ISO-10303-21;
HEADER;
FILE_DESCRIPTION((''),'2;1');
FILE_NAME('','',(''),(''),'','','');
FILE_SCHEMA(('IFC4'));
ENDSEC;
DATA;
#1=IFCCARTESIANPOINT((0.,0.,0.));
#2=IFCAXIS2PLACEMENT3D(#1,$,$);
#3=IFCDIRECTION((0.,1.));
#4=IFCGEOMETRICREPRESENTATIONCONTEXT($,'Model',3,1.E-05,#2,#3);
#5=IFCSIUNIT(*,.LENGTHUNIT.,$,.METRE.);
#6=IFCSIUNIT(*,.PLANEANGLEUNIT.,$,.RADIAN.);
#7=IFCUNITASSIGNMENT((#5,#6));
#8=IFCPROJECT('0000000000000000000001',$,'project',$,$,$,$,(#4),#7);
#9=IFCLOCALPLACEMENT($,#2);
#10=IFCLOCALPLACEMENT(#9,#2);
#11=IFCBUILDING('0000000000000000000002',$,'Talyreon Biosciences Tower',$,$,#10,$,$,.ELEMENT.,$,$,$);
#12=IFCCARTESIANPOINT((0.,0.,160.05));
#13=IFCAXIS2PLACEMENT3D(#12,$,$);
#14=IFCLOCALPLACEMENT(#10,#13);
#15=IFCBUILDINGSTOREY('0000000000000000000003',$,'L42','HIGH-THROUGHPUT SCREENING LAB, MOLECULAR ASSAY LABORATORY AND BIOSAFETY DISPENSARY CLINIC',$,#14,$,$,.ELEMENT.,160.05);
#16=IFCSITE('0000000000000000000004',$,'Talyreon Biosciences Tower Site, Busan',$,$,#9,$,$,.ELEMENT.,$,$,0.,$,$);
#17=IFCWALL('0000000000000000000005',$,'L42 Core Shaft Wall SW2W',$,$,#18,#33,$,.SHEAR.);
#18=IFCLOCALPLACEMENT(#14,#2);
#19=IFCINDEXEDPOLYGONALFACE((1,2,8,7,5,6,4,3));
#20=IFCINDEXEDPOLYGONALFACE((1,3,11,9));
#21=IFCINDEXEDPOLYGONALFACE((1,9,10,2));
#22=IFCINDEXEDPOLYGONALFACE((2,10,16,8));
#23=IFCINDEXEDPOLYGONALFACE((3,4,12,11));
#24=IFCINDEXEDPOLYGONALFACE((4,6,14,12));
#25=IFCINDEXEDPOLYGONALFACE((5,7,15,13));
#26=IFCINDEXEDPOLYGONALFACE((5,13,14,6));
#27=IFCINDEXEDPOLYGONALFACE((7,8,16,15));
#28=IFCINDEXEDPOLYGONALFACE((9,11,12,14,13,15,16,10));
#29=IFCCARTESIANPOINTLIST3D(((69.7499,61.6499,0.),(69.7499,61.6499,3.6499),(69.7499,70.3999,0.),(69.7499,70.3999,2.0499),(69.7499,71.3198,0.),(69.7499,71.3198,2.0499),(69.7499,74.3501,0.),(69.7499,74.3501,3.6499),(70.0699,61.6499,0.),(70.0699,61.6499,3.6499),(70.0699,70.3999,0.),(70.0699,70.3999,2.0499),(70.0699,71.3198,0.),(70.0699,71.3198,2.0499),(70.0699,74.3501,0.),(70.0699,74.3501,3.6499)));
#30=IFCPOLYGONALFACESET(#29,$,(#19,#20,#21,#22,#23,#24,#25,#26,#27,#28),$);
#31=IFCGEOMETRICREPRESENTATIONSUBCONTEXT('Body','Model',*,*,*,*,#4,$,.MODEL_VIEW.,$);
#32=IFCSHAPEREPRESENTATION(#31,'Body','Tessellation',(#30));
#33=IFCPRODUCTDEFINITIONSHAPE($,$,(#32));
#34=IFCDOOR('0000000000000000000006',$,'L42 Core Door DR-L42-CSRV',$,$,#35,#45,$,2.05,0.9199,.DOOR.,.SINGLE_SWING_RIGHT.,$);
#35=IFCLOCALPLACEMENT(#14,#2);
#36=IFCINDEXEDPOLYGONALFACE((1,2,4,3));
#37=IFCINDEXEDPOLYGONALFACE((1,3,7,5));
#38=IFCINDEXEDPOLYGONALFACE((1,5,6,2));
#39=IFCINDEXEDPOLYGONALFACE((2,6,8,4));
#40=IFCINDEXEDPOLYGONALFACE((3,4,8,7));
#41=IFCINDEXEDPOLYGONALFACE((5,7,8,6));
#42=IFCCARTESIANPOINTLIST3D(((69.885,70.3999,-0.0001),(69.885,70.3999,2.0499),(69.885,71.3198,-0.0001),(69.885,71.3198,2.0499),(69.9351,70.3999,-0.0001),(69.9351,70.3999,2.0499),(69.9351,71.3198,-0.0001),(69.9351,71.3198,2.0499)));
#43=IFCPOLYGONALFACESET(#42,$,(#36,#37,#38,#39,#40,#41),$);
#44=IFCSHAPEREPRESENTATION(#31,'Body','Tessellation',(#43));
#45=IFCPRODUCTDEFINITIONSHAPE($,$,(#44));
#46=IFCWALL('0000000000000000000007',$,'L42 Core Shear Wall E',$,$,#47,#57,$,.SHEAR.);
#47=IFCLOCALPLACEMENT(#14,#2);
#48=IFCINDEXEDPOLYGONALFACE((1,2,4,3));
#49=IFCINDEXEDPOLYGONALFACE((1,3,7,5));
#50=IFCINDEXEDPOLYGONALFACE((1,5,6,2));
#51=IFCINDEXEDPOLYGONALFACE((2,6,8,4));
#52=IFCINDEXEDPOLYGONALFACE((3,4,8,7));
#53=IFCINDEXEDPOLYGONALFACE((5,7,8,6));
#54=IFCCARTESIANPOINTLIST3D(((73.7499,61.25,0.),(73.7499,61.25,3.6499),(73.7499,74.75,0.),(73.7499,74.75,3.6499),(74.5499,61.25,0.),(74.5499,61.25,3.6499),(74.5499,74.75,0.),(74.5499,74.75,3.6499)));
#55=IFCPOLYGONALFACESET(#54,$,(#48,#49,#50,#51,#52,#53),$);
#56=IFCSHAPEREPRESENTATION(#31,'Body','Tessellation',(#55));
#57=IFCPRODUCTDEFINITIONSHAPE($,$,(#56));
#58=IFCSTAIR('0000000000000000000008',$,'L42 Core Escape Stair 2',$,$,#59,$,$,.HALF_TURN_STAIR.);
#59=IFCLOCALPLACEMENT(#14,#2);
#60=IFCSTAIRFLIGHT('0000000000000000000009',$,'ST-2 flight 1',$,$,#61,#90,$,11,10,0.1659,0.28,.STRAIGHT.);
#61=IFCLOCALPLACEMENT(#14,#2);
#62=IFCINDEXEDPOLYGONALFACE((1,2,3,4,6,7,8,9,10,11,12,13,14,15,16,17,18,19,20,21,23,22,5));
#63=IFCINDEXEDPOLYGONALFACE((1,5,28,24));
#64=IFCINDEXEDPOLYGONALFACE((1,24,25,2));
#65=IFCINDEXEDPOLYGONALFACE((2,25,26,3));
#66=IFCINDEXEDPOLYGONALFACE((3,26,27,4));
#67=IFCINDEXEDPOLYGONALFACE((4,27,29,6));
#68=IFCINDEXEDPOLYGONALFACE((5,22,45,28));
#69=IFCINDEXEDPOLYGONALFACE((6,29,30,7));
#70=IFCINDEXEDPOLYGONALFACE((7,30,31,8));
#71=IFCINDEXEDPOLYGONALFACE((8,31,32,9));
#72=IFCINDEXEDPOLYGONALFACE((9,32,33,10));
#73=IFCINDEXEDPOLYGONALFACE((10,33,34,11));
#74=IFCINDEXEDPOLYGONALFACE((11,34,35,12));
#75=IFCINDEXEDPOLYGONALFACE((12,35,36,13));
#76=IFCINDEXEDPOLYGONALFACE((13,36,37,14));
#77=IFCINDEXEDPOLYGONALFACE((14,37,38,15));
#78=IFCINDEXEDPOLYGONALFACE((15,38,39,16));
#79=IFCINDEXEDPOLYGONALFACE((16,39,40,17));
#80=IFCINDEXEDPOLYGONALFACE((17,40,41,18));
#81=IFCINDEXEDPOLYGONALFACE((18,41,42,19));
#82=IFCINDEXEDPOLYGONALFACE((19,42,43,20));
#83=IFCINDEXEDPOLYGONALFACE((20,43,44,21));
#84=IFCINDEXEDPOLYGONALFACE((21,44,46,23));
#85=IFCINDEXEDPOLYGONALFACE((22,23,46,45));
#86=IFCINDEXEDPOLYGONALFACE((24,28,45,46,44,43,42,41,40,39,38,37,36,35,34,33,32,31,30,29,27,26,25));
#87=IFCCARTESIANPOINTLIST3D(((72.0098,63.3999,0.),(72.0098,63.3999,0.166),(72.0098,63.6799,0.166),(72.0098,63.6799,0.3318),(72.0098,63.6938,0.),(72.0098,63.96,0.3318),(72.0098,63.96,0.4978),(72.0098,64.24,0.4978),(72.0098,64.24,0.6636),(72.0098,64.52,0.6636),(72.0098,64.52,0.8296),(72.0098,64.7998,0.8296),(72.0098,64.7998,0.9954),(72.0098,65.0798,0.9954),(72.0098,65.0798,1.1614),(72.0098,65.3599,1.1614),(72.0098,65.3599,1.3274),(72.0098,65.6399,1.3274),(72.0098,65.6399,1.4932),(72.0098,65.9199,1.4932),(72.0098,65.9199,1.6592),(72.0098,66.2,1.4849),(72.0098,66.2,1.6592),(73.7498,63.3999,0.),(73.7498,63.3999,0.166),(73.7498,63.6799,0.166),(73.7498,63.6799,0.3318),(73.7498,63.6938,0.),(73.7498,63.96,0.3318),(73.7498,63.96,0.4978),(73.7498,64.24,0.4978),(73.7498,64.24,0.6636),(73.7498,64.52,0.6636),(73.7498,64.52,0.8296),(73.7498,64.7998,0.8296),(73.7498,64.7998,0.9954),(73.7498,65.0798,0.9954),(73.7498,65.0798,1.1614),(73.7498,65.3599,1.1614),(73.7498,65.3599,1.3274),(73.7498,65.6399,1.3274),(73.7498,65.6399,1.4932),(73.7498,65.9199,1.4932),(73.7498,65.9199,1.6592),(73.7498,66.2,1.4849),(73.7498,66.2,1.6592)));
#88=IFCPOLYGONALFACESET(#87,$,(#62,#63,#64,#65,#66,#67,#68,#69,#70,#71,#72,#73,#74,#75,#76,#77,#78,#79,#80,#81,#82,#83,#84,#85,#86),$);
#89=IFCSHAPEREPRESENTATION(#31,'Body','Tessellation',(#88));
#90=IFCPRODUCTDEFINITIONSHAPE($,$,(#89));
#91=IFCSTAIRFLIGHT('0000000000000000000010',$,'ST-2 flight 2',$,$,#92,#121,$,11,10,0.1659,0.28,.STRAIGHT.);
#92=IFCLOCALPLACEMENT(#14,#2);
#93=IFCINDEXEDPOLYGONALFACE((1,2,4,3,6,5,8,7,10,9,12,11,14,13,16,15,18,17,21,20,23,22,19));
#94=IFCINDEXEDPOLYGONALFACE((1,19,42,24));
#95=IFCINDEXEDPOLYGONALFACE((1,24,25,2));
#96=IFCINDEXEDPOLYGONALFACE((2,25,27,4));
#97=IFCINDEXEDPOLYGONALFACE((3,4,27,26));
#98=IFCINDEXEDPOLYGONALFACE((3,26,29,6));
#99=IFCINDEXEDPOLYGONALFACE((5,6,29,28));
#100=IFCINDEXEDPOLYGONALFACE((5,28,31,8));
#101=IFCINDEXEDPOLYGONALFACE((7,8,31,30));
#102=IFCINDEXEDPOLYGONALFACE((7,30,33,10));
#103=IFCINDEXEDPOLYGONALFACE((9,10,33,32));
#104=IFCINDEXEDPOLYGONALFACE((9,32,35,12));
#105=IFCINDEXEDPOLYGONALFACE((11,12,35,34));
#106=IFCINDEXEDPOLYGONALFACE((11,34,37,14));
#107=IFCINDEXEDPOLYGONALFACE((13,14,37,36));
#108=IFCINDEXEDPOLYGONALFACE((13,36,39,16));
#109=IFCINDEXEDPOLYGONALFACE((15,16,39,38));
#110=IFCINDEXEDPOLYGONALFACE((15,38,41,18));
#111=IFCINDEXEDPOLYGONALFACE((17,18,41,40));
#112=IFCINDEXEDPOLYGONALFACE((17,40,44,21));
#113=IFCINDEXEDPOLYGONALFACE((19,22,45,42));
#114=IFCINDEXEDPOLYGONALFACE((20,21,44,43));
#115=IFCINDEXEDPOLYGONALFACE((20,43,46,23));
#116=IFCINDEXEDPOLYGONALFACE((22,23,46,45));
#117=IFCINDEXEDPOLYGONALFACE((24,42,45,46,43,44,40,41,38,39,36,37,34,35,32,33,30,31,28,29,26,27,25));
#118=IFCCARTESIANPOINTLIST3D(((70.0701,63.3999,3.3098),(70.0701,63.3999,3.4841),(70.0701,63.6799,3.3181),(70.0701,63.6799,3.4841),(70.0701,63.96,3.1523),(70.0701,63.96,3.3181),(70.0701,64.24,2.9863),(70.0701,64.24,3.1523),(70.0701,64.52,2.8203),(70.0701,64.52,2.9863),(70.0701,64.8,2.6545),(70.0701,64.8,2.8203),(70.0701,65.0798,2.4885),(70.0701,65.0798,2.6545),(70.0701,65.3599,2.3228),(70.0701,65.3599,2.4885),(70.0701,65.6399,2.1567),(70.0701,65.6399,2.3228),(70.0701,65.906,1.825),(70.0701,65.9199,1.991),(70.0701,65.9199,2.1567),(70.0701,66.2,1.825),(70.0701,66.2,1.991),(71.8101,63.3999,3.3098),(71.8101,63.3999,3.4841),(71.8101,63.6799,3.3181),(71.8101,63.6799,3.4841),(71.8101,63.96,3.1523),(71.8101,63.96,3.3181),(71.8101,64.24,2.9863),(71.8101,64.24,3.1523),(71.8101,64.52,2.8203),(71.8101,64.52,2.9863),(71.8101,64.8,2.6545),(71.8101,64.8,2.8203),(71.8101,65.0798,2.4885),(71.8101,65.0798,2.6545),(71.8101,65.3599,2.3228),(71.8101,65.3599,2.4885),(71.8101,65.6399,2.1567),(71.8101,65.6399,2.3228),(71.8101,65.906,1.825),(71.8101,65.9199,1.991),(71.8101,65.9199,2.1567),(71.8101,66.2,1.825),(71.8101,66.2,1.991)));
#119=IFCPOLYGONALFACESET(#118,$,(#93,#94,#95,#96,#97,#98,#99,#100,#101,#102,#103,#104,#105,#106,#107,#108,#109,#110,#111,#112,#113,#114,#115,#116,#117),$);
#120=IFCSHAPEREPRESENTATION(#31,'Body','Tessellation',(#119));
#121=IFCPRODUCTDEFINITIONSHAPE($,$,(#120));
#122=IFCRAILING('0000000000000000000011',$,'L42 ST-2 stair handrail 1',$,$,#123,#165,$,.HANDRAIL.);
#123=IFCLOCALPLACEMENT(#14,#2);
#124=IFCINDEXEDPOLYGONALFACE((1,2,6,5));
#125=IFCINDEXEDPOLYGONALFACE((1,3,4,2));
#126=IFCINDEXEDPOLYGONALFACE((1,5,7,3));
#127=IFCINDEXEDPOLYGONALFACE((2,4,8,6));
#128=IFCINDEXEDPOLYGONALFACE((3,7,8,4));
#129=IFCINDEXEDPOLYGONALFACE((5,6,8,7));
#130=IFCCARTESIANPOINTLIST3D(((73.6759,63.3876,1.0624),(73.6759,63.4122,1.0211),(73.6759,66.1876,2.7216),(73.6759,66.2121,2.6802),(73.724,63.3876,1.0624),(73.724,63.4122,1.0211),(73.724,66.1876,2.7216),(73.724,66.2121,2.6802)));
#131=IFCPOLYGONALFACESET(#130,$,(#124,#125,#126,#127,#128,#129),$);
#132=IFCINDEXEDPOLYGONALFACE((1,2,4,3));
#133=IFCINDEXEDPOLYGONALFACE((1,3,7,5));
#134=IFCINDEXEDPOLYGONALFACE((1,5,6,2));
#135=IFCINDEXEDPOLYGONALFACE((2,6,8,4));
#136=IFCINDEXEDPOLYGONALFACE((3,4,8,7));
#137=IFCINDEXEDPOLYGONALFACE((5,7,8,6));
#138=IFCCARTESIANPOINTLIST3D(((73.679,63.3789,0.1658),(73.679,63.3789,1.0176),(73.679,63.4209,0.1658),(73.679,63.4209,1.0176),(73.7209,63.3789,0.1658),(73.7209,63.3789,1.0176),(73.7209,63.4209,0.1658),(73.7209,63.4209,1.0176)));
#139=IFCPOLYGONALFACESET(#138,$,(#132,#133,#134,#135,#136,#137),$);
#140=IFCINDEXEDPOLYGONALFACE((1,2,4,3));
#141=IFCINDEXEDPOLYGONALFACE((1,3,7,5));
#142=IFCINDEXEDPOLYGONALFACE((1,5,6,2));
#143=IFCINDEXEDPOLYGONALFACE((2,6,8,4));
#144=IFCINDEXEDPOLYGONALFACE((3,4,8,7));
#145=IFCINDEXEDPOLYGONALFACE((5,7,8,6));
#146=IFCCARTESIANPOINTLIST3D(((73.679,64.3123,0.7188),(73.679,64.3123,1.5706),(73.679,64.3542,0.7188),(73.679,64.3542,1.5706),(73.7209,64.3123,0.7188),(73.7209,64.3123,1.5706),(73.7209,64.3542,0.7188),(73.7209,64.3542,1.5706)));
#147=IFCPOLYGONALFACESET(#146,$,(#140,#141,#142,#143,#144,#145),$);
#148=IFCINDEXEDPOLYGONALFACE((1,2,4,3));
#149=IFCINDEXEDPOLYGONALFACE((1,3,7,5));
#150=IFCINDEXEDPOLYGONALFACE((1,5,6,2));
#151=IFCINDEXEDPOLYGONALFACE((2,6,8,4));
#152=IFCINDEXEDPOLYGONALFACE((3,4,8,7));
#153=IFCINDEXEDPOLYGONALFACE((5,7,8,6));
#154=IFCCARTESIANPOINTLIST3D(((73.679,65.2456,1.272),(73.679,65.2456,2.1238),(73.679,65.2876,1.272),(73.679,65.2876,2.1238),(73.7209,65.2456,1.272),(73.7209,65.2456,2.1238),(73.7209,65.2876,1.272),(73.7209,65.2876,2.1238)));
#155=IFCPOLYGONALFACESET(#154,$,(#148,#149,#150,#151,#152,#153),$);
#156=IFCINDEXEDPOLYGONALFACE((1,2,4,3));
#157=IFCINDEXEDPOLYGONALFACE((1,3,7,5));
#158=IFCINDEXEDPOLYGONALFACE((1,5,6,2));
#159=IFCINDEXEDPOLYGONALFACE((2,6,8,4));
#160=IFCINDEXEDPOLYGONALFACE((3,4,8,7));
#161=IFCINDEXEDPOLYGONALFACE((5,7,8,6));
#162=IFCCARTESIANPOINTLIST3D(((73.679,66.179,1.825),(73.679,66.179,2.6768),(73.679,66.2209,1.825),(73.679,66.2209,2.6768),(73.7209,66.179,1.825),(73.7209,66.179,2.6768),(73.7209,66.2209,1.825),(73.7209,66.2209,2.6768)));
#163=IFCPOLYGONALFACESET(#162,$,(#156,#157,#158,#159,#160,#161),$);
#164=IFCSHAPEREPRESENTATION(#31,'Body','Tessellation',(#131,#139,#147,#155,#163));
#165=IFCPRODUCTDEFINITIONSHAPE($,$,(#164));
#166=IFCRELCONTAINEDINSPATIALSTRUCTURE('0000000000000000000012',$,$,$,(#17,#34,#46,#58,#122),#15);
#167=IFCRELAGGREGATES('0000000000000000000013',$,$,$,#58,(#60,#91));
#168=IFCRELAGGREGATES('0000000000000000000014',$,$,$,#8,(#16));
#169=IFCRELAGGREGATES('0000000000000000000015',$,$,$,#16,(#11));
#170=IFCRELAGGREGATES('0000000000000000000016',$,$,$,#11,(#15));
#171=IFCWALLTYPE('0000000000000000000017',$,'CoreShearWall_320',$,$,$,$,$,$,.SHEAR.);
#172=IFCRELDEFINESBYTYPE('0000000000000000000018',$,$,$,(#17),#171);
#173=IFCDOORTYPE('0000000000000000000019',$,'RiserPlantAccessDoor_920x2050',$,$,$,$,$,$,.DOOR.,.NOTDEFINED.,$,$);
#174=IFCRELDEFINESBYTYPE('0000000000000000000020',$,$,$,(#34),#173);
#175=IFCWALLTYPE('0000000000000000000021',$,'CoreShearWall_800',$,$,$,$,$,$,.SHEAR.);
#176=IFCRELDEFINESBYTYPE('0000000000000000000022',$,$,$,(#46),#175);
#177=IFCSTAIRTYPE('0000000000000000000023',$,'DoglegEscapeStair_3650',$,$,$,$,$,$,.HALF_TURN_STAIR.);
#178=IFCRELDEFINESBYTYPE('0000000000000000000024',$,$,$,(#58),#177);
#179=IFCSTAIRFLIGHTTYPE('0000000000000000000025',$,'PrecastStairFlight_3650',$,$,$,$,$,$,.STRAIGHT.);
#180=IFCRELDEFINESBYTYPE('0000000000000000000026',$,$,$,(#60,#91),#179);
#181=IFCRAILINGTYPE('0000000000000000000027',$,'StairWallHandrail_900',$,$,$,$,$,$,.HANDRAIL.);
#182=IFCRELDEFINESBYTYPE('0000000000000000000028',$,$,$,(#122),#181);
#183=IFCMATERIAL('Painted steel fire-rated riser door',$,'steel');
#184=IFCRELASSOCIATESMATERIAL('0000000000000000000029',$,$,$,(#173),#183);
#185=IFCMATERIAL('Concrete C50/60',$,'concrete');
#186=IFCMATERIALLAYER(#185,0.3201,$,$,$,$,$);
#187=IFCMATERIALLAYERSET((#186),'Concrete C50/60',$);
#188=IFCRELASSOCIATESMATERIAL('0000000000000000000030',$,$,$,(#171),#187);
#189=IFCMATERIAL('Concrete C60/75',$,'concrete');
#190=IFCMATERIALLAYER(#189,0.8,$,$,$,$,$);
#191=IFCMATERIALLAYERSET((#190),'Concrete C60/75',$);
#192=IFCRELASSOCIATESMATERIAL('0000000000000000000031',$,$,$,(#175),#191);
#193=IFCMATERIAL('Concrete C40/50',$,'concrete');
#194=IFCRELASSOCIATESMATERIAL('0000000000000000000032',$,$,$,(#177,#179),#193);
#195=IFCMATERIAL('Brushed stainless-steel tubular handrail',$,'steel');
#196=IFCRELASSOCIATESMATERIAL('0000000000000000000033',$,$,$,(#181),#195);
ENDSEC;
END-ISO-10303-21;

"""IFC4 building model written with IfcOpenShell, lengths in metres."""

from ifc_helpers import new_model, si_unit, direction, frame, frame_2d, origin, origin_2d, place, context, subcontext, project, spatial, polyline, rectangle, outline, extrude, material, layer, layer_set, type_object, element, fill, aggregate, save


model = new_model("IFC4")

# Units and contexts
model_context = context("Model", 3, precision=1e-05, world=origin(), true_north=direction((0.0, 1.0)))
body_context = subcontext(model_context, "Body", "Model", "MODEL_VIEW")
ifc_project = project(units=[si_unit("LENGTHUNIT", "METRE"), si_unit("PLANEANGLEUNIT", "RADIAN")], contexts=[model_context])

# Site, building, storey
site_placement = place(None, origin())
site = spatial("IfcSite", under=ifc_project, at=site_placement, Name="Talyreon Biosciences Tower Site, Busan", CompositionType="ELEMENT", RefElevation=0.0)
building_placement = place(site_placement, origin())
building = spatial("IfcBuilding", under=site, at=building_placement, Name="Talyreon Biosciences Tower", CompositionType="ELEMENT")
storey_placement = place(building_placement, frame((0.0, 0.0, 160.05)))
storey = spatial("IfcBuildingStorey", under=building, at=storey_placement, Name="L42", Description="HIGH-THROUGHPUT SCREENING LAB, MOLECULAR ASSAY LABORATORY AND BIOSAFETY DISPENSARY CLINIC", CompositionType="ELEMENT", Elevation=160.05)

# Shared definitions
ifc_material_1 = material(Name="Concrete C50/60", Category="concrete")

# Wall, opening, door
ifc_material_2 = material(Name="Painted steel fire-rated riser door", Category="steel")
door_type = type_object("IfcDoorType", Name="RiserPlantAccessDoor_920x2050", OperationType="NOTDEFINED", PredefinedType="DOOR", material=ifc_material_2)
ifc_layer_1 = layer(ifc_material_1, 0.3201)
ifc_layer_set_1 = layer_set([ifc_layer_1], Name="Concrete C50/60")
wall_type_1 = type_object("IfcWallType", Name="CoreShearWall_320", PredefinedType="SHEAR", material=ifc_layer_set_1)
wall_1_placement = place(storey_placement, frame((69.9099, 61.6499, 0.0), z_axis=(0.0, 0.0, 1.0), x_axis=(0.0, 1.0, 0.0)))
wall_1 = element("IfcWall", 1, at=wall_1_placement, inside=storey, type_object=wall_type_1, Name="L42 Core Shaft Wall SW2W", PredefinedType="SHEAR", context=body_context, shape_type="SweptSolid", body=[
    extrude(rectangle(XDim=12.7002, YDim=0.3201, at=frame_2d((6.3501, 0.0))), origin(), (0.0, 0.0, 1.0), 3.6499),
])
opening_1_placement = place(wall_1_placement, frame((8.75, 0.0, 0.0)))
opening_1 = element("IfcOpeningElement", 2, at=opening_1_placement, cuts=wall_1, PredefinedType="OPENING", context=body_context, shape_type="SweptSolid", body=[
    extrude(rectangle(XDim=0.9199, YDim=2.05, at=frame_2d((0.46, 1.0249))), frame((0.0, 0.1699, 0.0), z_axis=(0.0, -1.0, 0.0), x_axis=(1.0, 0.0, 0.0)), (0.0, 0.0, 1.0), 0.3401),
])
door_1_placement = place(opening_1_placement, origin())
door_1 = element("IfcDoor", 3, at=door_1_placement, inside=storey, type_object=door_type, Name="L42 Core Door DR-L42-CSRV", OperationType="SINGLE_SWING_RIGHT", OverallHeight=2.05, OverallWidth=0.9199, PredefinedType="DOOR", context=body_context, shape_type="SweptSolid", body=[
    extrude(rectangle(XDim=0.9199, YDim=2.05, at=frame_2d((0.46, 1.0249))), frame((0.0, 0.0249, 0.0), z_axis=(0.0, -1.0, 0.0), x_axis=(1.0, 0.0, 0.0)), (0.0, 0.0, 1.0), 0.05),
])
fill(opening_1, door_1)

# Wall
ifc_material_3 = material(Name="Concrete C60/75", Category="concrete")
ifc_layer_2 = layer(ifc_material_3, 0.8)
ifc_layer_set_2 = layer_set([ifc_layer_2], Name="Concrete C60/75")
wall_type_2 = type_object("IfcWallType", Name="CoreShearWall_800", PredefinedType="SHEAR", material=ifc_layer_set_2)
wall_2_placement = place(storey_placement, frame((74.1499, 61.25, 0.0), z_axis=(0.0, 0.0, 1.0), x_axis=(0.0, 1.0, 0.0)))
element("IfcWall", 4, at=wall_2_placement, inside=storey, type_object=wall_type_2, Name="L42 Core Shear Wall E", PredefinedType="SHEAR", context=body_context, shape_type="SweptSolid", body=[
    extrude(rectangle(XDim=13.5, YDim=0.8, at=frame_2d((6.75, 0.0))), origin(), (0.0, 0.0, 1.0), 3.6499),
])

# Stair, stair flights
ifc_material_4 = material(Name="Concrete C40/50", Category="concrete")
stair_type = type_object("IfcStairType", Name="DoglegEscapeStair_3650", PredefinedType="HALF_TURN_STAIR", material=ifc_material_4)
stair_placement = place(storey_placement, origin())
stair = element("IfcStair", 5, at=stair_placement, inside=storey, type_object=stair_type, Name="L42 Core Escape Stair 2", PredefinedType="HALF_TURN_STAIR")
stair_flight_type = type_object("IfcStairFlightType", Name="PrecastStairFlight_3650", PredefinedType="STRAIGHT", material=ifc_material_4)
stair_flight_1_placement = place(storey_placement, frame((72.8799, 63.3999, 0.0), z_axis=(0.0, 0.0, 1.0), x_axis=(0.0, 1.0, 0.0)))
stair_flight_1 = element("IfcStairFlight", 6, at=stair_flight_1_placement, type_object=stair_flight_type, Name="ST-2 flight 1", NumberOfRisers=11, NumberOfTreads=10, PredefinedType="STRAIGHT", RiserHeight=0.1659, TreadLength=0.28, context=body_context, shape_type="SweptSolid", body=[
    extrude(outline(polyline([(0.0, 0.0), (0.0, 0.166), (0.28, 0.166), (0.28, 0.3318), (0.5601, 0.3318), (0.5601, 0.4978), (0.8401, 0.4978), (0.8401, 0.6636), (1.1201, 0.6636), (1.1201, 0.8296), (1.3999, 0.8296), (1.3999, 0.9954), (1.6799, 0.9954), (1.6799, 1.1614), (1.96, 1.1614), (1.96, 1.3274), (2.24, 1.3274), (2.24, 1.4932), (2.52, 1.4932), (2.52, 1.6592), (2.8, 1.6592), (2.8, 1.825), (2.8, 1.4849), (0.2939, 0.0), (0.0, 0.0)])), frame((0.0, 0.8701, 0.0), z_axis=(0.0, -1.0, 0.0), x_axis=(1.0, 0.0, 0.0)), (0.0, 0.0, 1.0), 1.74),
])
stair_flight_2_placement = place(storey_placement, frame((70.9399, 66.2, 1.825), z_axis=(0.0, 0.0, 1.0), x_axis=(0.0, -1.0, 0.0)))
stair_flight_2 = element("IfcStairFlight", 7, at=stair_flight_2_placement, type_object=stair_flight_type, Name="ST-2 flight 2", NumberOfRisers=11, NumberOfTreads=10, PredefinedType="STRAIGHT", RiserHeight=0.1659, TreadLength=0.28, context=body_context, shape_type="SweptSolid", body=[
    extrude(outline(polyline([(0.0, 0.0), (0.0, 0.166), (0.28, 0.166), (0.28, 0.3318), (0.5601, 0.3318), (0.5601, 0.4978), (0.8401, 0.4978), (0.8401, 0.6636), (1.1201, 0.6636), (1.1201, 0.8296), (1.3999, 0.8296), (1.3999, 0.9954), (1.6799, 0.9954), (1.6799, 1.1614), (1.96, 1.1614), (1.96, 1.3274), (2.24, 1.3274), (2.24, 1.4932), (2.52, 1.4932), (2.52, 1.6592), (2.8, 1.6592), (2.8, 1.825), (2.8, 1.4849), (0.2939, 0.0), (0.0, 0.0)])), frame((0.0, 0.8701, 0.0), z_axis=(0.0, -1.0, 0.0), x_axis=(1.0, 0.0, 0.0)), (0.0, 0.0, 1.0), 1.74),
])
aggregate(stair, [stair_flight_1, stair_flight_2])

# Railing
ifc_material_5 = material(Name="Brushed stainless-steel tubular handrail", Category="steel")
railing_type_1 = type_object("IfcRailingType", Name="StairWallHandrail_900", PredefinedType="HANDRAIL", material=ifc_material_5)
railing_1_placement = place(storey_placement, frame((73.7, 63.3999, 0.1658)))
element("IfcRailing", 8, at=railing_1_placement, inside=storey, type_object=railing_type_1, Name="L42 ST-2 stair handrail 1", PredefinedType="HANDRAIL", context=body_context, shape_type="SweptSolid", body=[
    extrude(rectangle(XDim=0.0481, YDim=0.0481, at=origin_2d()), frame((0.0, 0.0, 0.876), z_axis=(0.0, 0.860306, 0.509778), x_axis=(-1.0, 0.0, 0.0)), (0.0, 0.0, 1.0), 3.2546),
    extrude(rectangle(XDim=0.042, YDim=0.042, at=origin_2d()), origin(), (0.0, 0.0, 1.0), 0.8518),
    extrude(rectangle(XDim=0.042, YDim=0.042, at=origin_2d()), frame((0.0, 0.9333, 0.553)), (0.0, 0.0, 1.0), 0.8518),
    extrude(rectangle(XDim=0.042, YDim=0.042, at=origin_2d()), frame((0.0, 1.8667, 1.1062)), (0.0, 0.0, 1.0), 0.8518),
    extrude(rectangle(XDim=0.042, YDim=0.042, at=origin_2d()), frame((0.0, 2.8, 1.6592)), (0.0, 0.0, 1.0), 0.8518),
])

save(model, "model.ifc")
